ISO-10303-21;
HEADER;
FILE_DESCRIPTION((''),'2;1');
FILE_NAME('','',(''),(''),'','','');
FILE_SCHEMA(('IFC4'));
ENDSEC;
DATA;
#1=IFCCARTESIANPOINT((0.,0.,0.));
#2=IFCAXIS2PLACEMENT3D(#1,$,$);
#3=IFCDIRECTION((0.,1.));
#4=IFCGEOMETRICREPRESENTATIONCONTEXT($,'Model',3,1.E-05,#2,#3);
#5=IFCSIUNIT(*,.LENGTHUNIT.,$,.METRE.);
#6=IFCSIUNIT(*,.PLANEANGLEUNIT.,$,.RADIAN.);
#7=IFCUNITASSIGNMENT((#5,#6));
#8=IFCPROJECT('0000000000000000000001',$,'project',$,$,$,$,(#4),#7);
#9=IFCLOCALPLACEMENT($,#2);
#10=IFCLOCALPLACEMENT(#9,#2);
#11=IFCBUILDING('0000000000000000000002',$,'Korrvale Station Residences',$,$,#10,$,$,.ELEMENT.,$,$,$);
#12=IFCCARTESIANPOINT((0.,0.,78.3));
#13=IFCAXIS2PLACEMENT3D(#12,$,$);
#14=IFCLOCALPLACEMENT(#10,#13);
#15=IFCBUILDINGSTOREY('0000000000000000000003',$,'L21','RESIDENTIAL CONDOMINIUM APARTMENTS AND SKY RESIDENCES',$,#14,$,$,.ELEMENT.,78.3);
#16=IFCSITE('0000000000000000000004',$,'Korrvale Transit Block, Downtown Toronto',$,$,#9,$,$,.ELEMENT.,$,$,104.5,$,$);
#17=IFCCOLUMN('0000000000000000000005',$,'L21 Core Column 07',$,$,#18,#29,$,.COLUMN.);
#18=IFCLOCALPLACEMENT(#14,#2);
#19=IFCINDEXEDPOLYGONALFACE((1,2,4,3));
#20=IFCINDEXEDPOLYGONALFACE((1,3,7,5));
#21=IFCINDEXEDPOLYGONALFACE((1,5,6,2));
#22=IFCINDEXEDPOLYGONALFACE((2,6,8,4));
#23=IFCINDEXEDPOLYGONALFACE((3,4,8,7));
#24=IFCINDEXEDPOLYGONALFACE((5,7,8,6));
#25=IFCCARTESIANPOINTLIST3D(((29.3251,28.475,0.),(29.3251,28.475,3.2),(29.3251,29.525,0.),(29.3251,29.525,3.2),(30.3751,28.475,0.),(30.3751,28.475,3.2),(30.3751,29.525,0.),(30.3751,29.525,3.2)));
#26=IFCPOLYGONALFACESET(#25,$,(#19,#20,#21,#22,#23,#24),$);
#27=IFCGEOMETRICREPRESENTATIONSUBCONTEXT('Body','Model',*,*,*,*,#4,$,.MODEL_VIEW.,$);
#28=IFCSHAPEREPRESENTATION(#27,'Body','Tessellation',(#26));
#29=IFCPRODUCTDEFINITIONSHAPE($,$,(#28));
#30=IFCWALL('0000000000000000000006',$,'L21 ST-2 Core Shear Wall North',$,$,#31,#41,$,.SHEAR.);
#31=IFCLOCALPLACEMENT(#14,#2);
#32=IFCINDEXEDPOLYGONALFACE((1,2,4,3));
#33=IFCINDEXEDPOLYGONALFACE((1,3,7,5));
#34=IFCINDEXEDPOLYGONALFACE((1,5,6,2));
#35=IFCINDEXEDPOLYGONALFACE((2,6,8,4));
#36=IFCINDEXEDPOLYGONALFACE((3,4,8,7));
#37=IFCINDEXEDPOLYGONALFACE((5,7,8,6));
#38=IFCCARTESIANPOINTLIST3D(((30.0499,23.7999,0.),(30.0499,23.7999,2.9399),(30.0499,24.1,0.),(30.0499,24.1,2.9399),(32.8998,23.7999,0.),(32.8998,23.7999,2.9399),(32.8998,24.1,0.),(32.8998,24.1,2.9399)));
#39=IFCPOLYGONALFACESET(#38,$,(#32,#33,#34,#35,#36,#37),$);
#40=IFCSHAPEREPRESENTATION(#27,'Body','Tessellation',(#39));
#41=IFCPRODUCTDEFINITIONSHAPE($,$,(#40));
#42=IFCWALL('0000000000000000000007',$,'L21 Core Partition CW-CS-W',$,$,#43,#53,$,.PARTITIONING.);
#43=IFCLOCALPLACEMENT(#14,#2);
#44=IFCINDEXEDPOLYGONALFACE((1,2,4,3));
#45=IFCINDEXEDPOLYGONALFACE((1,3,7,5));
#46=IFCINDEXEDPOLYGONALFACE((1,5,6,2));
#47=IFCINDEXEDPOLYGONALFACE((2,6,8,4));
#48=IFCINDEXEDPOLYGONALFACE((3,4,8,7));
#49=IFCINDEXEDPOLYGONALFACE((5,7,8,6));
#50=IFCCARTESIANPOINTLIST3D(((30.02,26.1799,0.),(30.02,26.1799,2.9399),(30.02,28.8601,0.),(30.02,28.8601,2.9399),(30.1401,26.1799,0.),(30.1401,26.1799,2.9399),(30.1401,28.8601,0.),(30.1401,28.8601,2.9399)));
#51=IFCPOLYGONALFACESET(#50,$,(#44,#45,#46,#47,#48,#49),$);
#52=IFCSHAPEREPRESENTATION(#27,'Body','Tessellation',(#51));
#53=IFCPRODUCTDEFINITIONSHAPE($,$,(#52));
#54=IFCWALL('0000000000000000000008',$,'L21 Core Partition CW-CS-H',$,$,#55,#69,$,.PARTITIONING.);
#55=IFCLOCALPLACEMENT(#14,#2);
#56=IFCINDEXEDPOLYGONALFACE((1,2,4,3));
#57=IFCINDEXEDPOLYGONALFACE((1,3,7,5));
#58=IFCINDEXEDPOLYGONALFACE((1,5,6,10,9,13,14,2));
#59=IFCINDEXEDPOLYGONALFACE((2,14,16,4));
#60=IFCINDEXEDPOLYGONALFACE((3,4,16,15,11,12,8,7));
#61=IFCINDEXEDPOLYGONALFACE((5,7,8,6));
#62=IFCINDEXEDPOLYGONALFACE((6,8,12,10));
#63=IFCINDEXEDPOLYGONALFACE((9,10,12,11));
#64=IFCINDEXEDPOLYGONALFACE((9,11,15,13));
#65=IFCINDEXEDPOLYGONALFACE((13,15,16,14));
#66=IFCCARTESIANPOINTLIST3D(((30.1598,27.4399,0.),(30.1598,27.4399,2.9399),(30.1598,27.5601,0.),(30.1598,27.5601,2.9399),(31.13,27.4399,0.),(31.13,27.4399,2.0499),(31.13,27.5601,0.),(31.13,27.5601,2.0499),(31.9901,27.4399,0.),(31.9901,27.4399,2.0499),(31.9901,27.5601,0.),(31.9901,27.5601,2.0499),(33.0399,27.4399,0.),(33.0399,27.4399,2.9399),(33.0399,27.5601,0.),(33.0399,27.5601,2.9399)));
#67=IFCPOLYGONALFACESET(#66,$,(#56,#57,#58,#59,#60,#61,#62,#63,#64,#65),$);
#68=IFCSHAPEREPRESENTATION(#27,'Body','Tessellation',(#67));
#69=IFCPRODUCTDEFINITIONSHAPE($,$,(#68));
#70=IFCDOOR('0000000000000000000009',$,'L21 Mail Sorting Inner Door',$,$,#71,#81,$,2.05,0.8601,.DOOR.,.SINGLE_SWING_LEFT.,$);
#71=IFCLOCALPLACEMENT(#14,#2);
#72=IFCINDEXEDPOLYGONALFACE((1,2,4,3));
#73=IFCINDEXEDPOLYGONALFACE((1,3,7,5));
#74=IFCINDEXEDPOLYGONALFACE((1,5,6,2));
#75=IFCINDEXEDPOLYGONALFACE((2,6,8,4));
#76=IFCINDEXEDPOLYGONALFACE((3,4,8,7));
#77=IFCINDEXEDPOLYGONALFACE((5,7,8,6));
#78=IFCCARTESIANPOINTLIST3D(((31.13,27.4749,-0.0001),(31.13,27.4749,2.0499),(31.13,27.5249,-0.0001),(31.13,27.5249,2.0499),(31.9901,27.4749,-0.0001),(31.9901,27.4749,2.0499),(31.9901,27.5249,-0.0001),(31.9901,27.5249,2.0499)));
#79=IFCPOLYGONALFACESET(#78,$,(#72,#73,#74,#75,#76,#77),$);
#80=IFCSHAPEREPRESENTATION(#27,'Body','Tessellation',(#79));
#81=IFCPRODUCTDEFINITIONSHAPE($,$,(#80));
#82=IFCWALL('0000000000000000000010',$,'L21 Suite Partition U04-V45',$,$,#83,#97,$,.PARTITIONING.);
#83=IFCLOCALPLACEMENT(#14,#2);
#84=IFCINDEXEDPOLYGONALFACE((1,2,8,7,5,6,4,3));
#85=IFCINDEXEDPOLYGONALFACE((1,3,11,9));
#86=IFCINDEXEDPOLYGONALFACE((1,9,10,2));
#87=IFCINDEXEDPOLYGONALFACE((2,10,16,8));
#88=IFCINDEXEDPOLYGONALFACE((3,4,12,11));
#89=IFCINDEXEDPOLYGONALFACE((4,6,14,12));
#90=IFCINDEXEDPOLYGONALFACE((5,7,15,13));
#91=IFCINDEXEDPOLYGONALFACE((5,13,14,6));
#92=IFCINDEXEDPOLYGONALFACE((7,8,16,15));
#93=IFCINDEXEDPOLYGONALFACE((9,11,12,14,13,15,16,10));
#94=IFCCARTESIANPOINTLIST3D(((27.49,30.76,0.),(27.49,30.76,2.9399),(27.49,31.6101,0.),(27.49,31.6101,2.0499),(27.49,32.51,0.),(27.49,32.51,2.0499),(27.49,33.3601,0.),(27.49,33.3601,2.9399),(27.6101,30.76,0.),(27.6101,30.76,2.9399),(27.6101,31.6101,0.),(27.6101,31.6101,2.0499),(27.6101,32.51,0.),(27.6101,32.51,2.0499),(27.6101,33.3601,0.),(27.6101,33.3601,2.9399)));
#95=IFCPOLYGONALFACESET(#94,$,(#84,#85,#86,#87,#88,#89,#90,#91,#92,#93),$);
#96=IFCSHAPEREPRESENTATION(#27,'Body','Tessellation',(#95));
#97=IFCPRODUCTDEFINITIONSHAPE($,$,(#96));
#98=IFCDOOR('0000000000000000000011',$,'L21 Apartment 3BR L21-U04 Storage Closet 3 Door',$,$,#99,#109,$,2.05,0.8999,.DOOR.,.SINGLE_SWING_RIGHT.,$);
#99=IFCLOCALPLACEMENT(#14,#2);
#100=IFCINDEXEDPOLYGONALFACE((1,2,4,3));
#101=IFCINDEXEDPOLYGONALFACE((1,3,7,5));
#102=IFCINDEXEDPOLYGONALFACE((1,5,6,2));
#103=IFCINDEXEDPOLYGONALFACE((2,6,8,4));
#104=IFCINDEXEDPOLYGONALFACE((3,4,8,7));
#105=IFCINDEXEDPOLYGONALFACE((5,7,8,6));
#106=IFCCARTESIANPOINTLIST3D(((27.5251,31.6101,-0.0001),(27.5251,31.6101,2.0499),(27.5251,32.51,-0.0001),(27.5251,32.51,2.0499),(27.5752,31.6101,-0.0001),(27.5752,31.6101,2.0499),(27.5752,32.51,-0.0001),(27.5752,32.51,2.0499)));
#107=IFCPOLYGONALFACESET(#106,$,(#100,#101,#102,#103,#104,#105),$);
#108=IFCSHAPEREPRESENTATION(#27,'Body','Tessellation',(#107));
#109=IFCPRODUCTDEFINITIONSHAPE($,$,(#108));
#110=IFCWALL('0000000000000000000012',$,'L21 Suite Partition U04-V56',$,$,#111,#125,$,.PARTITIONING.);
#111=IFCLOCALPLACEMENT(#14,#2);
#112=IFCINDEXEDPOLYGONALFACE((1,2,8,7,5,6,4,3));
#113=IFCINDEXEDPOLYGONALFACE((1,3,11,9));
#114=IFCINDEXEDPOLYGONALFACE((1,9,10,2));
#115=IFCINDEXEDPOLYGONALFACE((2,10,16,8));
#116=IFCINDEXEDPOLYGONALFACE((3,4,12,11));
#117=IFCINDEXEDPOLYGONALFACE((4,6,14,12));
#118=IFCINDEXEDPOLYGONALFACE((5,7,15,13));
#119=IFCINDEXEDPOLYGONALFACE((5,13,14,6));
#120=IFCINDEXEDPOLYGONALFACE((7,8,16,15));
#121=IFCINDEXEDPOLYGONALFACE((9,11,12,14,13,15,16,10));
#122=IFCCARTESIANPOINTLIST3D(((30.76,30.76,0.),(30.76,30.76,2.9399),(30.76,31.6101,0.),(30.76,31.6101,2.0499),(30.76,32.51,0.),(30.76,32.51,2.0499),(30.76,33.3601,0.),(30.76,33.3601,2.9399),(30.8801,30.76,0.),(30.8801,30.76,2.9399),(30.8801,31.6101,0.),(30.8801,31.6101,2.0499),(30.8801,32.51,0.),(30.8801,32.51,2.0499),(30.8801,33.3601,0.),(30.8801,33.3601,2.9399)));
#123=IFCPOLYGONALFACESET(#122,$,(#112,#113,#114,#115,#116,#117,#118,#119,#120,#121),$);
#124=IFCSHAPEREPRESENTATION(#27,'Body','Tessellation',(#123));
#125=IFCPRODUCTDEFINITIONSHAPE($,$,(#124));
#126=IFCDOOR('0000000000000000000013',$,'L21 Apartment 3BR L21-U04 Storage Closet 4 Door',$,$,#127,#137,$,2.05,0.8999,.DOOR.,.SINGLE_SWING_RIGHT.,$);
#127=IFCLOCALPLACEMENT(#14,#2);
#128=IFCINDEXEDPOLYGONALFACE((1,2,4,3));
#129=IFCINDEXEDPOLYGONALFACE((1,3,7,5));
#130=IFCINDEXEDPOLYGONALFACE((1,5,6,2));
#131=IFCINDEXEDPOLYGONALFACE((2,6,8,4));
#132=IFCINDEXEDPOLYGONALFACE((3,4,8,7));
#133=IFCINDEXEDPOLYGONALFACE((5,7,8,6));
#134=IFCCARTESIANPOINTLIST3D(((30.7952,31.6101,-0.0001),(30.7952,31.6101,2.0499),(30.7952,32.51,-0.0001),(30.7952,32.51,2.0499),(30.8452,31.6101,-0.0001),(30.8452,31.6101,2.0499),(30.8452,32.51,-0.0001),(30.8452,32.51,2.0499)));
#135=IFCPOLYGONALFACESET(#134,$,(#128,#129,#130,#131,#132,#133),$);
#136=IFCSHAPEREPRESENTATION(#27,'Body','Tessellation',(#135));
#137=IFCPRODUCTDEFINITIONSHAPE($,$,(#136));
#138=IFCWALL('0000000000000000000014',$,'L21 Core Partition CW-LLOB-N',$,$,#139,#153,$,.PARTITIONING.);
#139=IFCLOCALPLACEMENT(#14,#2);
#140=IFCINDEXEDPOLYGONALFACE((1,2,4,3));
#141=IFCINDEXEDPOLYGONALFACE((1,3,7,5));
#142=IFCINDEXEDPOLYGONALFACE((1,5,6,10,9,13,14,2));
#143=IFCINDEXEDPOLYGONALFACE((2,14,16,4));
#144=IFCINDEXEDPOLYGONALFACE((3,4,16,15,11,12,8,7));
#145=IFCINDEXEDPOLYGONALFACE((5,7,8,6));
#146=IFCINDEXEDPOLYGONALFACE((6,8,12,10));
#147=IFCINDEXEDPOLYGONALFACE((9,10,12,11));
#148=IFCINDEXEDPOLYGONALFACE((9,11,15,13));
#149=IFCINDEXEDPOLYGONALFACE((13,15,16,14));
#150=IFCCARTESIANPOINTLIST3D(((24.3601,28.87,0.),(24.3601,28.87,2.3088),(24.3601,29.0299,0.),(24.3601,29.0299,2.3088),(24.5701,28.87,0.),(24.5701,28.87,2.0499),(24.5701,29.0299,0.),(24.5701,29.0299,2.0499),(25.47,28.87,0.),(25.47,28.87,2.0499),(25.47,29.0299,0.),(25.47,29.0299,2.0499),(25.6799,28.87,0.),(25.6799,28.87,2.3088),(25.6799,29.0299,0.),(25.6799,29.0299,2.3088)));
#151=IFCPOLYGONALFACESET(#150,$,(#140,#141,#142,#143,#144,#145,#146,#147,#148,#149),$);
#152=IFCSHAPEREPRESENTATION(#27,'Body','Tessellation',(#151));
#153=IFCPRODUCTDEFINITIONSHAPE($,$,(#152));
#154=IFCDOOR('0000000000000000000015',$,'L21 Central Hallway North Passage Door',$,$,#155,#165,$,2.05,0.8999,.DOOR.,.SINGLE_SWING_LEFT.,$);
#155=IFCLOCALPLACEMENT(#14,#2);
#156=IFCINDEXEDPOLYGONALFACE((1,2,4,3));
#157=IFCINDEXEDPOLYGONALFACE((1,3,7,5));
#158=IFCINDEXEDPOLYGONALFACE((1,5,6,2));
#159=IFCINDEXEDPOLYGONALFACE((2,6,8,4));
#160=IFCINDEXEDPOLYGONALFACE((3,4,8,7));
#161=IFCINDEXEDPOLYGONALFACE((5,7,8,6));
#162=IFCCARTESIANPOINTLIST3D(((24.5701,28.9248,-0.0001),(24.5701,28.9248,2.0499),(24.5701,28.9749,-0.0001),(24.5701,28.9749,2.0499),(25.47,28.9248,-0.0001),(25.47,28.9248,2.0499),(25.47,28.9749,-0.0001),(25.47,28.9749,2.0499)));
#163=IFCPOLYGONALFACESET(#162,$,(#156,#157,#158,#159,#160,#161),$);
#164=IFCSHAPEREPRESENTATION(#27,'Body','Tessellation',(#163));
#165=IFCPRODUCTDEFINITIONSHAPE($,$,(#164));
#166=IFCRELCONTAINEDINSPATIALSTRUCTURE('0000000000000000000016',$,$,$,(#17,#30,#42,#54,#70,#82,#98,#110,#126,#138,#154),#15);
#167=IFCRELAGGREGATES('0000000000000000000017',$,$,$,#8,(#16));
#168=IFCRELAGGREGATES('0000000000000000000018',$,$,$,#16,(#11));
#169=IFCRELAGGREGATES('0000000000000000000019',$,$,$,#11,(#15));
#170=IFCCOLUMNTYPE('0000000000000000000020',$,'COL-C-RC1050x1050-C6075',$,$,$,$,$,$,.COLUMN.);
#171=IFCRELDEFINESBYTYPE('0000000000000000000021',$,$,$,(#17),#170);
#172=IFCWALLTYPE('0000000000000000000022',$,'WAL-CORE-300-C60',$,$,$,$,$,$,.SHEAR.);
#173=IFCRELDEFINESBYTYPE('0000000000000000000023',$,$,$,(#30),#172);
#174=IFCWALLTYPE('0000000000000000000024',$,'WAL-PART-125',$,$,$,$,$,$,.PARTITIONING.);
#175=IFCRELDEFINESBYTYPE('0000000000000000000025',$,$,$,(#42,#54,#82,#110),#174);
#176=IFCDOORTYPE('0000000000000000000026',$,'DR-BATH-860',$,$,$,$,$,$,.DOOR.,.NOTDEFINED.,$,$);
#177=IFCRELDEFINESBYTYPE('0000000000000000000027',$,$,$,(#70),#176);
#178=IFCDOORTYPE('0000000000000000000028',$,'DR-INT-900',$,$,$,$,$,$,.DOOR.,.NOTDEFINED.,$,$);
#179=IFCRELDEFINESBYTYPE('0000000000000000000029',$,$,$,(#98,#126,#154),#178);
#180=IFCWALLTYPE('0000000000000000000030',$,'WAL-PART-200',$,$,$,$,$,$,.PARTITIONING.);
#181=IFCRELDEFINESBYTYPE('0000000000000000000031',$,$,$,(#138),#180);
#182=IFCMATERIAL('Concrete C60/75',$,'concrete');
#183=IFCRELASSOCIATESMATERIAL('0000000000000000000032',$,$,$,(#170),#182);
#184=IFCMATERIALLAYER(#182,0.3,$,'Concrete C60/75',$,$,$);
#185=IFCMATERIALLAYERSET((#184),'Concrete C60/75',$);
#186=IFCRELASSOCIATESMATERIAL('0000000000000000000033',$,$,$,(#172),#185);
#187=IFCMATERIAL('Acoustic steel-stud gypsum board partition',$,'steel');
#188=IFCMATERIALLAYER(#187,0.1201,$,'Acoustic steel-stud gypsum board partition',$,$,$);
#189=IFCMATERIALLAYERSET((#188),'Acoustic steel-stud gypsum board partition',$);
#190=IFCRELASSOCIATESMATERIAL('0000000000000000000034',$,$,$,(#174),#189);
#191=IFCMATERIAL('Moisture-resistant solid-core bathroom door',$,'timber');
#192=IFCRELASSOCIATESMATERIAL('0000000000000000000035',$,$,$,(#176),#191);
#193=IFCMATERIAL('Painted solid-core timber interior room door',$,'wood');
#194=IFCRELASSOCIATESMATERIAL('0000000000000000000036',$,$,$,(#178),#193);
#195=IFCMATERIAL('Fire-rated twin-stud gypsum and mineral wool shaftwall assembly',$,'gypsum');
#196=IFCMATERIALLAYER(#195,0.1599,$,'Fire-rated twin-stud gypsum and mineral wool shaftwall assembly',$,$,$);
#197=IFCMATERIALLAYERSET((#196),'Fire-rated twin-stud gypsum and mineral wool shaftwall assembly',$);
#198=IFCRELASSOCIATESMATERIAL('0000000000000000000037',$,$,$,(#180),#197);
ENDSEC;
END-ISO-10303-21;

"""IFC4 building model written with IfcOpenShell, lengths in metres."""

from ifc_helpers import new_model, si_unit, direction, frame, frame_2d, origin, origin_2d, place, context, subcontext, project, spatial, rectangle, extrude, material, layer, layer_set, material_profile, profile_set, type_object, element, fill, save


model = new_model("IFC4")

# Units and contexts
model_context = context("Model", 3, precision=1e-05, world=origin(), true_north=direction((0.0, 1.0)))
body_context = subcontext(model_context, "Body", "Model", "MODEL_VIEW")
ifc_project = project(units=[si_unit("LENGTHUNIT", "METRE"), si_unit("PLANEANGLEUNIT", "RADIAN")], contexts=[model_context])

# Site, building, storey
site_placement = place(None, origin())
site = spatial("IfcSite", under=ifc_project, at=site_placement, Name="Korrvale Transit Block, Downtown Toronto", CompositionType="ELEMENT", RefElevation=104.5)
building_placement = place(site_placement, origin())
building = spatial("IfcBuilding", under=site, at=building_placement, Name="Korrvale Station Residences", CompositionType="ELEMENT")
storey_placement = place(building_placement, frame((0.0, 0.0, 78.3)))
storey = spatial("IfcBuildingStorey", under=building, at=storey_placement, Name="L21", Description="RESIDENTIAL CONDOMINIUM APARTMENTS AND SKY RESIDENCES", CompositionType="ELEMENT", Elevation=78.3)

# Column
ifc_material_1 = material(Name="Concrete C60/75", Category="concrete")
ifc_material_profile = material_profile(ifc_material_1, rectangle(XDim=1.05, YDim=1.05, at=origin_2d()), Name="RC1050x1050")
ifc_profile_set = profile_set([ifc_material_profile], Name="Concrete C60/75")
column_type = type_object("IfcColumnType", Name="COL-C-RC1050x1050-C6075", PredefinedType="COLUMN", material=ifc_profile_set)
column_placement = place(storey_placement, frame((29.8501, 29.0, 0.0), z_axis=(0.0, 0.0, 1.0), x_axis=(1.0, 0.0, 0.0)))
element("IfcColumn", 1, at=column_placement, inside=storey, type_object=column_type, Name="L21 Core Column 07", PredefinedType="COLUMN", context=body_context, shape_type="SweptSolid", body=[
    extrude(rectangle(XDim=1.05, YDim=1.05, at=origin_2d()), origin(), (0.0, 0.0, 1.0), 3.2),
])

# Walls
ifc_layer_1 = layer(ifc_material_1, 0.3, Name="Concrete C60/75")
ifc_layer_set_1 = layer_set([ifc_layer_1], Name="Concrete C60/75")
wall_type_1 = type_object("IfcWallType", Name="WAL-CORE-300-C60", PredefinedType="SHEAR", material=ifc_layer_set_1)
wall_1_placement = place(storey_placement, frame((30.05, 23.95, 0.0), z_axis=(0.0, 0.0, 1.0), x_axis=(1.0, 0.0, 0.0)))
element("IfcWall", 2, at=wall_1_placement, inside=storey, type_object=wall_type_1, Name="L21 ST-2 Core Shear Wall North", PredefinedType="SHEAR", context=body_context, shape_type="SweptSolid", body=[
    extrude(rectangle(XDim=2.8499, YDim=0.3, at=frame_2d((1.4248, 0.0))), origin(), (0.0, 0.0, 1.0), 2.9399),
])
ifc_material_2 = material(Name="Acoustic steel-stud gypsum board partition", Category="steel")
ifc_layer_2 = layer(ifc_material_2, 0.1201, Name="Acoustic steel-stud gypsum board partition")
ifc_layer_set_2 = layer_set([ifc_layer_2], Name="Acoustic steel-stud gypsum board partition")
wall_type_2 = type_object("IfcWallType", Name="WAL-PART-125", PredefinedType="PARTITIONING", material=ifc_layer_set_2)
wall_2_placement = place(storey_placement, frame((30.0801, 26.1799, 0.0), z_axis=(0.0, 0.0, 1.0), x_axis=(0.0, 1.0, 0.0)))
element("IfcWall", 3, at=wall_2_placement, inside=storey, type_object=wall_type_2, Name="L21 Core Partition CW-CS-W", PredefinedType="PARTITIONING", context=body_context, shape_type="SweptSolid", body=[
    extrude(rectangle(XDim=2.6802, YDim=0.1201, at=frame_2d((1.3401, 0.0))), origin(), (0.0, 0.0, 1.0), 2.9399),
])

# Walls, openings, doors
wall_3_placement = place(storey_placement, frame((30.1599, 27.5, 0.0), z_axis=(0.0, 0.0, 1.0), x_axis=(1.0, 0.0, 0.0)))
wall_3 = element("IfcWall", 4, at=wall_3_placement, inside=storey, type_object=wall_type_2, Name="L21 Core Partition CW-CS-H", PredefinedType="PARTITIONING", context=body_context, shape_type="SweptSolid", body=[
    extrude(rectangle(XDim=2.8801, YDim=0.1201, at=frame_2d((1.4399, 0.0))), origin(), (0.0, 0.0, 1.0), 2.9399),
])
opening_1_placement = place(wall_3_placement, frame((0.97, 0.0, 0.0)))
opening_1 = element("IfcOpeningElement", 5, at=opening_1_placement, cuts=wall_3, PredefinedType="OPENING", context=body_context, shape_type="SweptSolid", body=[
    extrude(rectangle(XDim=0.8601, YDim=2.05, at=frame_2d((0.4302, 1.0249))), frame((0.0, 0.0701, 0.0), z_axis=(0.0, -1.0, 0.0), x_axis=(1.0, 0.0, 0.0)), (0.0, 0.0, 1.0), 0.1401),
])
ifc_material_3 = material(Name="Moisture-resistant solid-core bathroom door", Category="timber")
door_type_1 = type_object("IfcDoorType", Name="DR-BATH-860", OperationType="NOTDEFINED", PredefinedType="DOOR", material=ifc_material_3)
door_1_placement = place(opening_1_placement, origin())
door_1 = element("IfcDoor", 6, at=door_1_placement, inside=storey, type_object=door_type_1, Name="L21 Mail Sorting Inner Door", OperationType="SINGLE_SWING_LEFT", OverallHeight=2.05, OverallWidth=0.8601, PredefinedType="DOOR", context=body_context, shape_type="SweptSolid", body=[
    extrude(rectangle(XDim=0.8601, YDim=2.05, at=frame_2d((0.4302, 1.0249))), frame((0.0, 0.0249, 0.0), z_axis=(0.0, -1.0, 0.0), x_axis=(1.0, 0.0, 0.0)), (0.0, 0.0, 1.0), 0.05),
])
fill(opening_1, door_1)
wall_4_placement = place(storey_placement, frame((27.55, 30.76, 0.0), z_axis=(0.0, 0.0, 1.0), x_axis=(0.0, 1.0, 0.0)))
wall_4 = element("IfcWall", 7, at=wall_4_placement, inside=storey, type_object=wall_type_2, Name="L21 Suite Partition U04-V45", PredefinedType="PARTITIONING", context=body_context, shape_type="SweptSolid", body=[
    extrude(rectangle(XDim=2.6001, YDim=0.1201, at=frame_2d((1.3, 0.0))), origin(), (0.0, 0.0, 1.0), 2.9399),
])
opening_2_placement = place(wall_4_placement, frame((0.8501, 0.0, 0.0)))
opening_2 = element("IfcOpeningElement", 8, at=opening_2_placement, cuts=wall_4, PredefinedType="OPENING", context=body_context, shape_type="SweptSolid", body=[
    extrude(rectangle(XDim=0.8999, YDim=2.05, at=frame_2d((0.45, 1.0249))), frame((0.0, 0.0701, 0.0), z_axis=(0.0, -1.0, 0.0), x_axis=(1.0, 0.0, 0.0)), (0.0, 0.0, 1.0), 0.1401),
])
ifc_material_4 = material(Name="Painted solid-core timber interior room door", Category="wood")
door_type_2 = type_object("IfcDoorType", Name="DR-INT-900", OperationType="NOTDEFINED", PredefinedType="DOOR", material=ifc_material_4)
door_2_placement = place(opening_2_placement, origin())
door_2 = element("IfcDoor", 9, at=door_2_placement, inside=storey, type_object=door_type_2, Name="L21 Apartment 3BR L21-U04 Storage Closet 3 Door", OperationType="SINGLE_SWING_RIGHT", OverallHeight=2.05, OverallWidth=0.8999, PredefinedType="DOOR", context=body_context, shape_type="SweptSolid", body=[
    extrude(rectangle(XDim=0.8999, YDim=2.05, at=frame_2d((0.45, 1.0249))), frame((0.0, 0.0249, 0.0), z_axis=(0.0, -1.0, 0.0), x_axis=(1.0, 0.0, 0.0)), (0.0, 0.0, 1.0), 0.05),
])
fill(opening_2, door_2)
wall_5_placement = place(storey_placement, frame((30.8201, 30.76, 0.0), z_axis=(0.0, 0.0, 1.0), x_axis=(0.0, 1.0, 0.0)))
wall_5 = element("IfcWall", 10, at=wall_5_placement, inside=storey, type_object=wall_type_2, Name="L21 Suite Partition U04-V56", PredefinedType="PARTITIONING", context=body_context, shape_type="SweptSolid", body=[
    extrude(rectangle(XDim=2.6001, YDim=0.1201, at=frame_2d((1.3, 0.0))), origin(), (0.0, 0.0, 1.0), 2.9399),
])
opening_3_placement = place(wall_5_placement, frame((0.8501, 0.0, 0.0)))
opening_3 = element("IfcOpeningElement", 11, at=opening_3_placement, cuts=wall_5, PredefinedType="OPENING", context=body_context, shape_type="SweptSolid", body=[
    extrude(rectangle(XDim=0.8999, YDim=2.05, at=frame_2d((0.45, 1.0249))), frame((0.0, 0.0701, 0.0), z_axis=(0.0, -1.0, 0.0), x_axis=(1.0, 0.0, 0.0)), (0.0, 0.0, 1.0), 0.1401),
])
door_3_placement = place(opening_3_placement, origin())
door_3 = element("IfcDoor", 12, at=door_3_placement, inside=storey, type_object=door_type_2, Name="L21 Apartment 3BR L21-U04 Storage Closet 4 Door", OperationType="SINGLE_SWING_RIGHT", OverallHeight=2.05, OverallWidth=0.8999, PredefinedType="DOOR", context=body_context, shape_type="SweptSolid", body=[
    extrude(rectangle(XDim=0.8999, YDim=2.05, at=frame_2d((0.45, 1.0249))), frame((0.0, 0.0249, 0.0), z_axis=(0.0, -1.0, 0.0), x_axis=(1.0, 0.0, 0.0)), (0.0, 0.0, 1.0), 0.05),
])
fill(opening_3, door_3)
ifc_material_5 = material(Name="Fire-rated twin-stud gypsum and mineral wool shaftwall assembly", Category="gypsum")
ifc_layer_3 = layer(ifc_material_5, 0.1599, Name="Fire-rated twin-stud gypsum and mineral wool shaftwall assembly")
ifc_layer_set_3 = layer_set([ifc_layer_3], Name="Fire-rated twin-stud gypsum and mineral wool shaftwall assembly")
wall_type_3 = type_object("IfcWallType", Name="WAL-PART-200", PredefinedType="PARTITIONING", material=ifc_layer_set_3)
wall_6_placement = place(storey_placement, frame((24.3601, 28.95, 0.0), z_axis=(0.0, 0.0, 1.0), x_axis=(1.0, 0.0, 0.0)))
wall_6 = element("IfcWall", 13, at=wall_6_placement, inside=storey, type_object=wall_type_3, Name="L21 Core Partition CW-LLOB-N", PredefinedType="PARTITIONING", context=body_context, shape_type="SweptSolid", body=[
    extrude(rectangle(XDim=1.3198, YDim=0.1599, at=frame_2d((0.6599, 0.0))), origin(), (0.0, 0.0, 1.0), 2.3088),
])
opening_4_placement = place(wall_6_placement, frame((0.21, 0.0, 0.0)))
opening_4 = element("IfcOpeningElement", 14, at=opening_4_placement, cuts=wall_6, PredefinedType="OPENING", context=body_context, shape_type="SweptSolid", body=[
    extrude(rectangle(XDim=0.8999, YDim=2.05, at=frame_2d((0.45, 1.0249))), frame((0.0, 0.0898, 0.0), z_axis=(0.0, -1.0, 0.0), x_axis=(1.0, 0.0, 0.0)), (0.0, 0.0, 1.0), 0.1799),
])
door_4_placement = place(opening_4_placement, origin())
door_4 = element("IfcDoor", 15, at=door_4_placement, inside=storey, type_object=door_type_2, Name="L21 Central Hallway North Passage Door", OperationType="SINGLE_SWING_LEFT", OverallHeight=2.05, OverallWidth=0.8999, PredefinedType="DOOR", context=body_context, shape_type="SweptSolid", body=[
    extrude(rectangle(XDim=0.8999, YDim=2.05, at=frame_2d((0.45, 1.0249))), frame((0.0, 0.0249, 0.0), z_axis=(0.0, -1.0, 0.0), x_axis=(1.0, 0.0, 0.0)), (0.0, 0.0, 1.0), 0.05),
])
fill(opening_4, door_4)

save(model, "model.ifc")
